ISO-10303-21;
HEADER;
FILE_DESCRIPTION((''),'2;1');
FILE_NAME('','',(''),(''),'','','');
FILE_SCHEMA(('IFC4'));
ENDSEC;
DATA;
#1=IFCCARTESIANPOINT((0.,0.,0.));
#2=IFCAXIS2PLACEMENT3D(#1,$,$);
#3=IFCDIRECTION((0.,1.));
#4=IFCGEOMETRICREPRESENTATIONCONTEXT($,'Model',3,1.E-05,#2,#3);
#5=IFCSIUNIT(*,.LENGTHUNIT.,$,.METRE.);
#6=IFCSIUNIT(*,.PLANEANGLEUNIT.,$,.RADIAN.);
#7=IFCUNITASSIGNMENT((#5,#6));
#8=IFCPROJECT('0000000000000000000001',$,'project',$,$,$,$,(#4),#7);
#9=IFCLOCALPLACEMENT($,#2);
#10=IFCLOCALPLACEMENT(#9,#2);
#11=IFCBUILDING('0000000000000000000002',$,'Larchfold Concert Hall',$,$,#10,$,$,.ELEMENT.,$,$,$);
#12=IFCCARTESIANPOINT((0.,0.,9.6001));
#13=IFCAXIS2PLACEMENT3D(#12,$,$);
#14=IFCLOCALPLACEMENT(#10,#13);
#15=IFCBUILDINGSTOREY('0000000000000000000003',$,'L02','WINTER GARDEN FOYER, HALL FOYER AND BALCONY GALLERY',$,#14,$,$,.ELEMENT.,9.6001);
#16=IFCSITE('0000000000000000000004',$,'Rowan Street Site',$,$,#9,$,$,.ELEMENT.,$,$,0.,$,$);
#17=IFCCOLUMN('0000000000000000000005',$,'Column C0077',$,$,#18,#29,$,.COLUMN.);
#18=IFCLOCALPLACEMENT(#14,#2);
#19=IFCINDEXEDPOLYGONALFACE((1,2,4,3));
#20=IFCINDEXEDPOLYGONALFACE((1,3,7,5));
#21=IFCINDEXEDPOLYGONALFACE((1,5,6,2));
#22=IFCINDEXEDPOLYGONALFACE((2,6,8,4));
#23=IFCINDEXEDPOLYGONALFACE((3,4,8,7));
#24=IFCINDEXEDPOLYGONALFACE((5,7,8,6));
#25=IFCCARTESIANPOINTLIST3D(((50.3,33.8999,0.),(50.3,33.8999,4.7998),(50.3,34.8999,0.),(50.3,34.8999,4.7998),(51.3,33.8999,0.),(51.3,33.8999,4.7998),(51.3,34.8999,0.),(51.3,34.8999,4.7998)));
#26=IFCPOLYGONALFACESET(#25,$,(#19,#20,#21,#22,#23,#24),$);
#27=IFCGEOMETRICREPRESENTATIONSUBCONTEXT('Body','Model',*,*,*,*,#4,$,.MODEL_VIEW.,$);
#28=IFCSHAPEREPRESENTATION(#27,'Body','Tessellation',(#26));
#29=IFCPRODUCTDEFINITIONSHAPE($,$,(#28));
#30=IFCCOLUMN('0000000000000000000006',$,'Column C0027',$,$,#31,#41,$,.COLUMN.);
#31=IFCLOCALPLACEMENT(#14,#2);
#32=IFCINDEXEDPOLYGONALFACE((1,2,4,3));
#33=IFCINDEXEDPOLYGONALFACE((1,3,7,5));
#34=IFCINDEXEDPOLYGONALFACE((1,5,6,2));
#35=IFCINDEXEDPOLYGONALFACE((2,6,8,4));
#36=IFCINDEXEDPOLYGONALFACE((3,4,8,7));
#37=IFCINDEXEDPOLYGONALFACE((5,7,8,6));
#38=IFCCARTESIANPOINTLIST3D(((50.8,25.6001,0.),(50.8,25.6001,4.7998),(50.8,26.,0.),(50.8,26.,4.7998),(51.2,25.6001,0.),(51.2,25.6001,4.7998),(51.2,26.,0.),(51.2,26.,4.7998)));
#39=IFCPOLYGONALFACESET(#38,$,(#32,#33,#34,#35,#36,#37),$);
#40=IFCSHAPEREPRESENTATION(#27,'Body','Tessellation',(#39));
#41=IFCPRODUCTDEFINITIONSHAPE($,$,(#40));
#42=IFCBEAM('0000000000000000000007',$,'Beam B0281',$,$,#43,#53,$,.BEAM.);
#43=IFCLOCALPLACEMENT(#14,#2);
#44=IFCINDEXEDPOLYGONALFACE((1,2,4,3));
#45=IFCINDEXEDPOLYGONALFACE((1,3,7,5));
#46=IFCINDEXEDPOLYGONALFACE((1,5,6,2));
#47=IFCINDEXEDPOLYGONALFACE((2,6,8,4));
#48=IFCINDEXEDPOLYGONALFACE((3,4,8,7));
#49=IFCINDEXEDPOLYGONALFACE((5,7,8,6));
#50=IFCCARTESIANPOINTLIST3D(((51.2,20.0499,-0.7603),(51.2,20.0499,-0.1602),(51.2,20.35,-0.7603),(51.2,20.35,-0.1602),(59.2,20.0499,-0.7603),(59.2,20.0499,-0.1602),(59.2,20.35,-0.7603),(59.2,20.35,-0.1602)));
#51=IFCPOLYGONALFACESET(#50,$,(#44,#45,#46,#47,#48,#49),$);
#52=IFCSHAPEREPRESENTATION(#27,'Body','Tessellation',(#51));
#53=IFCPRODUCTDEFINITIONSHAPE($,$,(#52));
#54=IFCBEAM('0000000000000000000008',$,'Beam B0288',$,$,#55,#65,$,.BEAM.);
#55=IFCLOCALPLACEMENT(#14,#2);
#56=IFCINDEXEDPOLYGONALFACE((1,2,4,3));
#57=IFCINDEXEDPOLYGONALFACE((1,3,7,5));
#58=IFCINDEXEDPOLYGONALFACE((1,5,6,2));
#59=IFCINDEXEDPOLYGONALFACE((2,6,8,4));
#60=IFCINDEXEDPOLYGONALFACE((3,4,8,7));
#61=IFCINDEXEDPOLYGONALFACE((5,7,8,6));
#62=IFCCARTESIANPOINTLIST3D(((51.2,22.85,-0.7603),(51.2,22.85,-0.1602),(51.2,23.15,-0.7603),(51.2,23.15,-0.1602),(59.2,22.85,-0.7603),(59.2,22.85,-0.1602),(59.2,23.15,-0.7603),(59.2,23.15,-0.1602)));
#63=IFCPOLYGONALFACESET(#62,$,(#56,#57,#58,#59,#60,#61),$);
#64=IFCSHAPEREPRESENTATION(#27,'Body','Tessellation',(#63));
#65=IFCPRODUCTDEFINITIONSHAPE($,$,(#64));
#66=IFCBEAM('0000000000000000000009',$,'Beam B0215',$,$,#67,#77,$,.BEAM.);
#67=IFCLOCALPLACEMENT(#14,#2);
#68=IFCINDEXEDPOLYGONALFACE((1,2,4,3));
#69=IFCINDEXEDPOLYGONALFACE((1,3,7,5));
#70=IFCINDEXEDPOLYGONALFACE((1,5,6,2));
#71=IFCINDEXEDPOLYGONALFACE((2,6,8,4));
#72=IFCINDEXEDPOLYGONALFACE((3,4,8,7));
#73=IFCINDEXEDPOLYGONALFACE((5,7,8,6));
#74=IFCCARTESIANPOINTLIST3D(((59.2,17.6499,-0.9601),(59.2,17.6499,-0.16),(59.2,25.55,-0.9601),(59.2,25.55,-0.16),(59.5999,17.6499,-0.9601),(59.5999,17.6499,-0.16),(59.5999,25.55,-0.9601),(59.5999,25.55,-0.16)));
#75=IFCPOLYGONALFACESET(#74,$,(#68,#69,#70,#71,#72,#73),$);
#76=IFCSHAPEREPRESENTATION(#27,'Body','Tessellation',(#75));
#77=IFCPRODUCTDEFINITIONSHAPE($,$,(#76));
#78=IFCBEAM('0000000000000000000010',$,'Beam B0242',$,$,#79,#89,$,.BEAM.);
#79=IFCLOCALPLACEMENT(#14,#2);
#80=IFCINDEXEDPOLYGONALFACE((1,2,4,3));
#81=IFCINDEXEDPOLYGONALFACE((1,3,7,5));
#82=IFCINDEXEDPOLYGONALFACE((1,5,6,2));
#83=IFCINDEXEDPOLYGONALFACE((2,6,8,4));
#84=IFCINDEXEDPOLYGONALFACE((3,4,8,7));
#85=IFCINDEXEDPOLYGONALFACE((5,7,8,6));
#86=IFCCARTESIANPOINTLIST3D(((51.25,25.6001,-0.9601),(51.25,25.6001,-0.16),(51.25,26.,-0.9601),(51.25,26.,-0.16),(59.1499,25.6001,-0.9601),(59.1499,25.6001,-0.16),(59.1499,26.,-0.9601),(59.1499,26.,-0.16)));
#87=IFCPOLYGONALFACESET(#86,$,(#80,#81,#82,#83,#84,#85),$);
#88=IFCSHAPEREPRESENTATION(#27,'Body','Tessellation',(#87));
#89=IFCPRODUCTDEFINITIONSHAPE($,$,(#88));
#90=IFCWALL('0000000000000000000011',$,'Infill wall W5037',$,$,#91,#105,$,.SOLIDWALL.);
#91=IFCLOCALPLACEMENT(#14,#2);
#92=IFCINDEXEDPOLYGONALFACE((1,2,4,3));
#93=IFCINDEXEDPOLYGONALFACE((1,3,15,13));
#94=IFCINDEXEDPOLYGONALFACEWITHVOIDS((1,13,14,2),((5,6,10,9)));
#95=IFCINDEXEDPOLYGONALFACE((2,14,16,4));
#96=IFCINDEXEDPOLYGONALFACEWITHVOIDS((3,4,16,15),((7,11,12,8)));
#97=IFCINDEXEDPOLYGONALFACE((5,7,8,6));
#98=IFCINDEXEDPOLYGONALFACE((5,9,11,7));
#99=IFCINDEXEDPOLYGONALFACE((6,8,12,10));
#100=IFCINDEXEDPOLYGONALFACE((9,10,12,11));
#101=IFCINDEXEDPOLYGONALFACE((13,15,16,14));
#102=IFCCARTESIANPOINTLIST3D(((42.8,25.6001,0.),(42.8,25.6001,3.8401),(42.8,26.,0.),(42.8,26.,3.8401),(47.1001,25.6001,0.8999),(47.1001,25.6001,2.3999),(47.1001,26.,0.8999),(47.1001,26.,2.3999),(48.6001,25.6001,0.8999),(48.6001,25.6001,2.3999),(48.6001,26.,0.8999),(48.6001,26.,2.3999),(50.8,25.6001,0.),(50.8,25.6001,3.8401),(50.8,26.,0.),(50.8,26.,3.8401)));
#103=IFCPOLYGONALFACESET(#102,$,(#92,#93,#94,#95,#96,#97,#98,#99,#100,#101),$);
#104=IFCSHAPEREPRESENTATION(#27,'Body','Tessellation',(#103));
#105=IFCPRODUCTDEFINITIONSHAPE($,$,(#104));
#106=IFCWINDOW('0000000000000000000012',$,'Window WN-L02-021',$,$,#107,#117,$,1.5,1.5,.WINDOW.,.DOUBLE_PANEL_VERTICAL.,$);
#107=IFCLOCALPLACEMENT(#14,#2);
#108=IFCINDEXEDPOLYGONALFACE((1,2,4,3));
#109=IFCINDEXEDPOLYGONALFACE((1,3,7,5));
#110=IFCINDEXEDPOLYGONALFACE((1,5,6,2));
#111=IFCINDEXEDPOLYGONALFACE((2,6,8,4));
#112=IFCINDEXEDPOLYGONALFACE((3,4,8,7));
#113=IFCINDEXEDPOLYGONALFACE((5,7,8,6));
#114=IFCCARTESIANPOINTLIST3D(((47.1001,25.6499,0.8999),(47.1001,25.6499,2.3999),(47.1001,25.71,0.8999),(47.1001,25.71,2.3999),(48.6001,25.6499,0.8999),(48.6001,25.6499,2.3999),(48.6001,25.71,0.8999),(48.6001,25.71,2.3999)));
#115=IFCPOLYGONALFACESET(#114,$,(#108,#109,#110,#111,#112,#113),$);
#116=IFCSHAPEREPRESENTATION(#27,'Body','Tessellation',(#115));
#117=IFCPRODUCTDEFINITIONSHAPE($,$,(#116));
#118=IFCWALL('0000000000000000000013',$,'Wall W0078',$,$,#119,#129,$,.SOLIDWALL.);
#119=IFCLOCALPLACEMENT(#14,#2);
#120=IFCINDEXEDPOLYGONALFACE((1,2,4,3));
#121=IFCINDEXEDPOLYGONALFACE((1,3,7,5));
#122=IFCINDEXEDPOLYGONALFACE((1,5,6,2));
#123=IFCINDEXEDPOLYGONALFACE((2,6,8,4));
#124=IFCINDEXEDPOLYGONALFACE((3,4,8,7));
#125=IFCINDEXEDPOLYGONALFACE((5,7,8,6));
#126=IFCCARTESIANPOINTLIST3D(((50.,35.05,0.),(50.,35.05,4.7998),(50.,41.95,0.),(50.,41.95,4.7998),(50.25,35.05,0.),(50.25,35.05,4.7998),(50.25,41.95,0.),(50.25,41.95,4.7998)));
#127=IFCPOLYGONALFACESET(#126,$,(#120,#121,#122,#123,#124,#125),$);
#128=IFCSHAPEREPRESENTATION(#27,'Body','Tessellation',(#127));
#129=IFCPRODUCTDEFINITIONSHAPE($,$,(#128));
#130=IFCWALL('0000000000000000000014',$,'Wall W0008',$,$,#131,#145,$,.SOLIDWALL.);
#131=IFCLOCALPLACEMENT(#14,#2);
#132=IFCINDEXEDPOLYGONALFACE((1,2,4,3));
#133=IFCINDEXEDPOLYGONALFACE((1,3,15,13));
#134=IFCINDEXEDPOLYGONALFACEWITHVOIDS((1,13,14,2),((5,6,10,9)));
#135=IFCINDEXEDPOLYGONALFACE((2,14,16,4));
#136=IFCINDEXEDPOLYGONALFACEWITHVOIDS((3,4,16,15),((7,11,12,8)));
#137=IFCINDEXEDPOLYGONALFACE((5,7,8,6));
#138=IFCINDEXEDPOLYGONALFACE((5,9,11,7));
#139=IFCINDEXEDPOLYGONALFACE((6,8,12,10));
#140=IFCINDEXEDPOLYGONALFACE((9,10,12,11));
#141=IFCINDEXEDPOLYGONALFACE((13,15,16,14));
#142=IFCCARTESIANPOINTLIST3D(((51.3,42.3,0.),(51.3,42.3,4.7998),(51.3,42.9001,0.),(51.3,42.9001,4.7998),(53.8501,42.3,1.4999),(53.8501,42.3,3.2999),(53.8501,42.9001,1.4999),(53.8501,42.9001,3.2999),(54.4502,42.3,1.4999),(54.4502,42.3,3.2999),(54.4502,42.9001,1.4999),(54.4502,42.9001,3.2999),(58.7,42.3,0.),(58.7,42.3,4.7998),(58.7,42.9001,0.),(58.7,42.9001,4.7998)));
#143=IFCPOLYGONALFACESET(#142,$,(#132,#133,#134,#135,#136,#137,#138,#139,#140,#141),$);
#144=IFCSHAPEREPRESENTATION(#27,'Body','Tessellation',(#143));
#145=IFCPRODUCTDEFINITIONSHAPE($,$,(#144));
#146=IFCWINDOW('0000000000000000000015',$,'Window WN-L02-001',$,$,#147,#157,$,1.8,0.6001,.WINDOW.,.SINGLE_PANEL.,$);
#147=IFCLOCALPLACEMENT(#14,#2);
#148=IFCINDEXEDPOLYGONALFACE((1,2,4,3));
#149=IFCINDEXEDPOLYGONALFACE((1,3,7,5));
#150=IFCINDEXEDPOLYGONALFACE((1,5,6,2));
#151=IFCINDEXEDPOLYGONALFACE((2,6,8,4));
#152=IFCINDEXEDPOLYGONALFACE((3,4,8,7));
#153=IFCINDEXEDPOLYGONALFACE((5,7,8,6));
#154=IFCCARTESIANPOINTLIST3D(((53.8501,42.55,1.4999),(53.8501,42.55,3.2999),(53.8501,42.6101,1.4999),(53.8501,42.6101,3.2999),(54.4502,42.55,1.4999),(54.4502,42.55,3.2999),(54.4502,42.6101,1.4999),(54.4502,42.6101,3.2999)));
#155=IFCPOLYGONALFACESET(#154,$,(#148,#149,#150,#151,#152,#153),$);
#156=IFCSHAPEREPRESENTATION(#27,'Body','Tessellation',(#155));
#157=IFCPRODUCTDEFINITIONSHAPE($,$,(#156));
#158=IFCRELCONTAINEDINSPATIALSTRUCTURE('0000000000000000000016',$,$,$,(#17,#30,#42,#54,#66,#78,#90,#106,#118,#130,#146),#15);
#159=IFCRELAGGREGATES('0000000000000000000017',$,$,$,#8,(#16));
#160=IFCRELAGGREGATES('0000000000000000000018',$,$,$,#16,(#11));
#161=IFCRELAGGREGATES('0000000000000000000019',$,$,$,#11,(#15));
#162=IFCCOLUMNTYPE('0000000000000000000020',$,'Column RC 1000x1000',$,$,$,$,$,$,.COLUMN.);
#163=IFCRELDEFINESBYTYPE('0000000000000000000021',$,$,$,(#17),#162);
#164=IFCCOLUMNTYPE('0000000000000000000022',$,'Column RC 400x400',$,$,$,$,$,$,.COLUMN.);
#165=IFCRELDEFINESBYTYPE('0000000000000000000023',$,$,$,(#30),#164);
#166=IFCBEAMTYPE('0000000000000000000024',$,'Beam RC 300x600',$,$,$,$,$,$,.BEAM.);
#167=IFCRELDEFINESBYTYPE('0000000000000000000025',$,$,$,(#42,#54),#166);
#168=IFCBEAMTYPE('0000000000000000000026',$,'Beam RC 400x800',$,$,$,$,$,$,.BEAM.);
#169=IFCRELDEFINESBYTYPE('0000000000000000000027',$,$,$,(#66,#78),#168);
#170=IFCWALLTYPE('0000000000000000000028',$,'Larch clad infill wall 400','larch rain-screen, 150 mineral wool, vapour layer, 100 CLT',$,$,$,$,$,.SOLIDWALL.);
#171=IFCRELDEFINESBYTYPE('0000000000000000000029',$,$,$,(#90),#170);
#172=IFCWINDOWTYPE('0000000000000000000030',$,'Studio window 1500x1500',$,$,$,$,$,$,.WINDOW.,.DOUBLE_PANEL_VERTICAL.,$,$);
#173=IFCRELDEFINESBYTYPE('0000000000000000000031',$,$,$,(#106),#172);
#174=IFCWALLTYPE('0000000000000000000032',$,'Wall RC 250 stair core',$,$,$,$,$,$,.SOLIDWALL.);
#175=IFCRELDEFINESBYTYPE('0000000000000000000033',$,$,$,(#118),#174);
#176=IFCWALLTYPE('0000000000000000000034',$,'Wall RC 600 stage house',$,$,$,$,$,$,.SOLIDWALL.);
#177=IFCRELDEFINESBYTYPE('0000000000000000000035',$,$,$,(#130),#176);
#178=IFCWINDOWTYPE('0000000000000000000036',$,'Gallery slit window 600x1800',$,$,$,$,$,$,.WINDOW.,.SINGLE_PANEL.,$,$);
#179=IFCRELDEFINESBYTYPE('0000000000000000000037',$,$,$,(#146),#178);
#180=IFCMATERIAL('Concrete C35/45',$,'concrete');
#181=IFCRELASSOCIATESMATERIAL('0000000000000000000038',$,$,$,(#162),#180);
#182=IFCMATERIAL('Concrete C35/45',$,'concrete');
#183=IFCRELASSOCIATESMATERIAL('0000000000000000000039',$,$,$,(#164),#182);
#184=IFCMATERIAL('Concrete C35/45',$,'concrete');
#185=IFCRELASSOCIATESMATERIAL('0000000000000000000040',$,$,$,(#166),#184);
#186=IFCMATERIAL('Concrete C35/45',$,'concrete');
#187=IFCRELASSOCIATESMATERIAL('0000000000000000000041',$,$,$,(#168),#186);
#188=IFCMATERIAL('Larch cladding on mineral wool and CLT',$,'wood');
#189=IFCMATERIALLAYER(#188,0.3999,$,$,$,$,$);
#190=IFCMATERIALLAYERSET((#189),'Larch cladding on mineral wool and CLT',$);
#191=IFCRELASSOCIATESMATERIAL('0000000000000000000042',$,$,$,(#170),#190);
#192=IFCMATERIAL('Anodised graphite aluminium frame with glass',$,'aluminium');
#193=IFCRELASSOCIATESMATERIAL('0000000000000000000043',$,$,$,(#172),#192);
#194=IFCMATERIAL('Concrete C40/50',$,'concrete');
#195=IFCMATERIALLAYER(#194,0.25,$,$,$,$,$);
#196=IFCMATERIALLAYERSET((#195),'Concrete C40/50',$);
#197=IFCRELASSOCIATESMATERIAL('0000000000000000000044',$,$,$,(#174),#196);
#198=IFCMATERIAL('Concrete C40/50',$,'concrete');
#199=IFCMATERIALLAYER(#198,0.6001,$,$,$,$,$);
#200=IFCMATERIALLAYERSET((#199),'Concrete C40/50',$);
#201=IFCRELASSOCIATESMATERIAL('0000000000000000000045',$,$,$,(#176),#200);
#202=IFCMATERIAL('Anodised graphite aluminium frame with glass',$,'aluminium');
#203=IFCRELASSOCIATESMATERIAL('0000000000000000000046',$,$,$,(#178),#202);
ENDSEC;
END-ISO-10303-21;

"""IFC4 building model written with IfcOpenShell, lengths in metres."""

from ifc_helpers import new_model, si_unit, direction, frame, frame_2d, origin, origin_2d, place, context, subcontext, project, spatial, rectangle, extrude, material, layer, layer_set, material_profile, profile_set, type_object, element, fill, save


model = new_model("IFC4")

# Units and contexts
model_context = context("Model", 3, precision=1e-05, world=origin(), true_north=direction((0.0, 1.0)))
body_context = subcontext(model_context, "Body", "Model", "MODEL_VIEW")
ifc_project = project(units=[si_unit("LENGTHUNIT", "METRE"), si_unit("PLANEANGLEUNIT", "RADIAN")], contexts=[model_context])

# Site, building, storey
site_placement = place(None, origin())
site = spatial("IfcSite", under=ifc_project, at=site_placement, Name="Rowan Street Site", CompositionType="ELEMENT", RefElevation=0.0)
building_placement = place(site_placement, origin())
building = spatial("IfcBuilding", under=site, at=building_placement, Name="Larchfold Concert Hall", CompositionType="ELEMENT")
storey_placement = place(building_placement, frame((0.0, 0.0, 9.6001)))
storey = spatial("IfcBuildingStorey", under=building, at=storey_placement, Name="L02", Description="WINTER GARDEN FOYER, HALL FOYER AND BALCONY GALLERY", CompositionType="ELEMENT", Elevation=9.6001)

# Columns
ifc_material_1 = material(Name="Concrete C35/45", Category="concrete")
ifc_material_profile_1 = material_profile(ifc_material_1, rectangle(XDim=1.0, YDim=1.0, at=origin_2d()))
ifc_profile_set_1 = profile_set([ifc_material_profile_1], Name="Concrete C35/45")
column_type_1 = type_object("IfcColumnType", Name="Column RC 1000x1000", PredefinedType="COLUMN", material=ifc_profile_set_1)
column_1_placement = place(storey_placement, frame((50.8, 34.3999, 0.0), z_axis=(0.0, 0.0, 1.0), x_axis=(1.0, 0.0, 0.0)))
element("IfcColumn", 1, at=column_1_placement, inside=storey, type_object=column_type_1, Name="Column C0077", PredefinedType="COLUMN", context=body_context, shape_type="SweptSolid", body=[
    extrude(rectangle(XDim=1.0, YDim=1.0, at=origin_2d()), origin(), (0.0, 0.0, 1.0), 4.7998),
])
ifc_material_2 = material(Name="Concrete C35/45", Category="concrete")
ifc_material_profile_2 = material_profile(ifc_material_2, rectangle(XDim=0.3999, YDim=0.3999, at=origin_2d()))
ifc_profile_set_2 = profile_set([ifc_material_profile_2], Name="Concrete C35/45")
column_type_2 = type_object("IfcColumnType", Name="Column RC 400x400", PredefinedType="COLUMN", material=ifc_profile_set_2)
column_2_placement = place(storey_placement, frame((51.0, 25.8, 0.0), z_axis=(0.0, 0.0, 1.0), x_axis=(1.0, 0.0, 0.0)))
element("IfcColumn", 2, at=column_2_placement, inside=storey, type_object=column_type_2, Name="Column C0027", PredefinedType="COLUMN", context=body_context, shape_type="SweptSolid", body=[
    extrude(rectangle(XDim=0.3999, YDim=0.3999, at=origin_2d()), origin(), (0.0, 0.0, 1.0), 4.7998),
])

# Beams
ifc_material_3 = material(Name="Concrete C35/45", Category="concrete")
ifc_material_profile_3 = material_profile(ifc_material_3, rectangle(XDim=0.3, YDim=0.6001, at=origin_2d()))
ifc_profile_set_3 = profile_set([ifc_material_profile_3], Name="Concrete C35/45")
beam_type_1 = type_object("IfcBeamType", Name="Beam RC 300x600", PredefinedType="BEAM", material=ifc_profile_set_3)
for number, where, z_axis, x_axis, name in (
    (3, (51.2, 20.2, -0.4602), (1.0, 0.0, 0.0), (0.0, 1.0, 0.0), "Beam B0281"),
    (4, (51.2, 23.0, -0.4602), (1.0, 0.0, 0.0), (0.0, 1.0, 0.0), "Beam B0288"),
):
    element("IfcBeam", number, at=place(storey_placement, frame(where, z_axis=z_axis, x_axis=x_axis)), inside=storey, type_object=beam_type_1, Name=name, PredefinedType="BEAM", context=body_context, shape_type="SweptSolid", body=[
        extrude(rectangle(XDim=0.3, YDim=0.6001, at=origin_2d()), origin(), (0.0, 0.0, 1.0), 8.0),
    ])
ifc_material_4 = material(Name="Concrete C35/45", Category="concrete")
ifc_material_profile_4 = material_profile(ifc_material_4, rectangle(XDim=0.3999, YDim=0.8, at=origin_2d()))
ifc_profile_set_4 = profile_set([ifc_material_profile_4], Name="Concrete C35/45")
beam_type_2 = type_object("IfcBeamType", Name="Beam RC 400x800", PredefinedType="BEAM", material=ifc_profile_set_4)
beam_1_placement = place(storey_placement, frame((59.3999, 17.6499, -0.5601), z_axis=(0.0, 1.0, 0.0), x_axis=(-1.0, 0.0, 0.0)))
element("IfcBeam", 5, at=beam_1_placement, inside=storey, type_object=beam_type_2, Name="Beam B0215", PredefinedType="BEAM", context=body_context, shape_type="SweptSolid", body=[
    extrude(rectangle(XDim=0.3999, YDim=0.8, at=origin_2d()), origin(), (0.0, 0.0, 1.0), 7.9001),
])
beam_2_placement = place(storey_placement, frame((51.25, 25.8, -0.5601), z_axis=(1.0, 0.0, 0.0), x_axis=(0.0, 1.0, 0.0)))
element("IfcBeam", 6, at=beam_2_placement, inside=storey, type_object=beam_type_2, Name="Beam B0242", PredefinedType="BEAM", context=body_context, shape_type="SweptSolid", body=[
    extrude(rectangle(XDim=0.3999, YDim=0.8, at=origin_2d()), origin(), (0.0, 0.0, 1.0), 7.8999),
])

# Wall, opening, window
ifc_material_5 = material(Name="Larch cladding on mineral wool and CLT", Category="wood")
ifc_layer_1 = layer(ifc_material_5, 0.3999)
ifc_layer_set_1 = layer_set([ifc_layer_1], Name="Larch cladding on mineral wool and CLT")
wall_type_1 = type_object("IfcWallType", Name="Larch clad infill wall 400", Description="larch rain-screen, 150 mineral wool, vapour layer, 100 CLT", PredefinedType="SOLIDWALL", material=ifc_layer_set_1)
wall_1_placement = place(storey_placement, frame((50.8, 25.8, 0.0), z_axis=(0.0, 0.0, 1.0), x_axis=(-1.0, 0.0, 0.0)))
wall_1 = element("IfcWall", 7, at=wall_1_placement, inside=storey, type_object=wall_type_1, Name="Infill wall W5037", PredefinedType="SOLIDWALL", context=body_context, shape_type="SweptSolid", body=[
    extrude(rectangle(XDim=8.0, YDim=0.3999, at=frame_2d((4.0, 0.0))), origin(), (0.0, 0.0, 1.0), 3.8401),
])
opening_1_placement = place(wall_1_placement, frame((2.2, 0.0, 0.8999)))
opening_1 = element("IfcOpeningElement", 8, at=opening_1_placement, cuts=wall_1, PredefinedType="OPENING", context=body_context, shape_type="SweptSolid", body=[
    extrude(rectangle(XDim=1.5, YDim=1.5, at=frame_2d((0.75, 0.75))), frame((0.0, 0.21, 0.0), z_axis=(0.0, -1.0, 0.0), x_axis=(1.0, 0.0, 0.0)), (0.0, 0.0, 1.0), 0.4199),
])
ifc_material_6 = material(Name="Anodised graphite aluminium frame with glass", Category="aluminium")
window_type_1 = type_object("IfcWindowType", Name="Studio window 1500x1500", PartitioningType="DOUBLE_PANEL_VERTICAL", PredefinedType="WINDOW", material=ifc_material_6)
window_1_placement = place(opening_1_placement, origin())
window_1 = element("IfcWindow", 9, at=window_1_placement, inside=storey, type_object=window_type_1, Name="Window WN-L02-021", OverallHeight=1.5, OverallWidth=1.5, PartitioningType="DOUBLE_PANEL_VERTICAL", PredefinedType="WINDOW", context=body_context, shape_type="SweptSolid", body=[
    extrude(rectangle(XDim=1.5, YDim=1.5, at=frame_2d((0.75, 0.75))), frame((0.0, 0.1501, 0.0), z_axis=(0.0, -1.0, 0.0), x_axis=(1.0, 0.0, 0.0)), (0.0, 0.0, 1.0), 0.0601),
])
fill(opening_1, window_1)

# Wall
ifc_material_7 = material(Name="Concrete C40/50", Category="concrete")
ifc_layer_2 = layer(ifc_material_7, 0.25)
ifc_layer_set_2 = layer_set([ifc_layer_2], Name="Concrete C40/50")
wall_type_2 = type_object("IfcWallType", Name="Wall RC 250 stair core", PredefinedType="SOLIDWALL", material=ifc_layer_set_2)
wall_2_placement = place(storey_placement, frame((50.125, 35.05, 0.0), z_axis=(0.0, 0.0, 1.0), x_axis=(0.0, 1.0, 0.0)))
element("IfcWall", 10, at=wall_2_placement, inside=storey, type_object=wall_type_2, Name="Wall W0078", PredefinedType="SOLIDWALL", context=body_context, shape_type="SweptSolid", body=[
    extrude(rectangle(XDim=6.8999, YDim=0.25, at=frame_2d((3.45, 0.0))), origin(), (0.0, 0.0, 1.0), 4.7998),
])

# Wall, opening, window
ifc_material_8 = material(Name="Concrete C40/50", Category="concrete")
ifc_layer_3 = layer(ifc_material_8, 0.6001)
ifc_layer_set_3 = layer_set([ifc_layer_3], Name="Concrete C40/50")
wall_type_3 = type_object("IfcWallType", Name="Wall RC 600 stage house", PredefinedType="SOLIDWALL", material=ifc_layer_set_3)
wall_3_placement = place(storey_placement, frame((51.3, 42.6001, 0.0), z_axis=(0.0, 0.0, 1.0), x_axis=(1.0, 0.0, 0.0)))
wall_3 = element("IfcWall", 11, at=wall_3_placement, inside=storey, type_object=wall_type_3, Name="Wall W0008", PredefinedType="SOLIDWALL", context=body_context, shape_type="SweptSolid", body=[
    extrude(rectangle(XDim=7.3999, YDim=0.6001, at=frame_2d((3.7, 0.0))), origin(), (0.0, 0.0, 1.0), 4.7998),
])
opening_2_placement = place(wall_3_placement, frame((2.55, 0.0, 1.5)))
opening_2 = element("IfcOpeningElement", 12, at=opening_2_placement, cuts=wall_3, PredefinedType="OPENING", context=body_context, shape_type="SweptSolid", body=[
    extrude(rectangle(XDim=0.6001, YDim=1.8, at=frame_2d((0.3, 0.8999))), frame((0.0, 0.3101, 0.0), z_axis=(0.0, -1.0, 0.0), x_axis=(1.0, 0.0, 0.0)), (0.0, 0.0, 1.0), 0.6201),
])
ifc_material_9 = material(Name="Anodised graphite aluminium frame with glass", Category="aluminium")
window_type_2 = type_object("IfcWindowType", Name="Gallery slit window 600x1800", PartitioningType="SINGLE_PANEL", PredefinedType="WINDOW", material=ifc_material_9)
window_2_placement = place(opening_2_placement, origin())
window_2 = element("IfcWindow", 13, at=window_2_placement, inside=storey, type_object=window_type_2, Name="Window WN-L02-001", OverallHeight=1.8, OverallWidth=0.6001, PartitioningType="SINGLE_PANEL", PredefinedType="WINDOW", context=body_context, shape_type="SweptSolid", body=[
    extrude(rectangle(XDim=0.6001, YDim=1.8, at=frame_2d((0.3, 0.8999))), frame((0.0, 0.01, 0.0), z_axis=(0.0, -1.0, 0.0), x_axis=(1.0, 0.0, 0.0)), (0.0, 0.0, 1.0), 0.0601),
])
fill(opening_2, window_2)

save(model, "model.ifc")
